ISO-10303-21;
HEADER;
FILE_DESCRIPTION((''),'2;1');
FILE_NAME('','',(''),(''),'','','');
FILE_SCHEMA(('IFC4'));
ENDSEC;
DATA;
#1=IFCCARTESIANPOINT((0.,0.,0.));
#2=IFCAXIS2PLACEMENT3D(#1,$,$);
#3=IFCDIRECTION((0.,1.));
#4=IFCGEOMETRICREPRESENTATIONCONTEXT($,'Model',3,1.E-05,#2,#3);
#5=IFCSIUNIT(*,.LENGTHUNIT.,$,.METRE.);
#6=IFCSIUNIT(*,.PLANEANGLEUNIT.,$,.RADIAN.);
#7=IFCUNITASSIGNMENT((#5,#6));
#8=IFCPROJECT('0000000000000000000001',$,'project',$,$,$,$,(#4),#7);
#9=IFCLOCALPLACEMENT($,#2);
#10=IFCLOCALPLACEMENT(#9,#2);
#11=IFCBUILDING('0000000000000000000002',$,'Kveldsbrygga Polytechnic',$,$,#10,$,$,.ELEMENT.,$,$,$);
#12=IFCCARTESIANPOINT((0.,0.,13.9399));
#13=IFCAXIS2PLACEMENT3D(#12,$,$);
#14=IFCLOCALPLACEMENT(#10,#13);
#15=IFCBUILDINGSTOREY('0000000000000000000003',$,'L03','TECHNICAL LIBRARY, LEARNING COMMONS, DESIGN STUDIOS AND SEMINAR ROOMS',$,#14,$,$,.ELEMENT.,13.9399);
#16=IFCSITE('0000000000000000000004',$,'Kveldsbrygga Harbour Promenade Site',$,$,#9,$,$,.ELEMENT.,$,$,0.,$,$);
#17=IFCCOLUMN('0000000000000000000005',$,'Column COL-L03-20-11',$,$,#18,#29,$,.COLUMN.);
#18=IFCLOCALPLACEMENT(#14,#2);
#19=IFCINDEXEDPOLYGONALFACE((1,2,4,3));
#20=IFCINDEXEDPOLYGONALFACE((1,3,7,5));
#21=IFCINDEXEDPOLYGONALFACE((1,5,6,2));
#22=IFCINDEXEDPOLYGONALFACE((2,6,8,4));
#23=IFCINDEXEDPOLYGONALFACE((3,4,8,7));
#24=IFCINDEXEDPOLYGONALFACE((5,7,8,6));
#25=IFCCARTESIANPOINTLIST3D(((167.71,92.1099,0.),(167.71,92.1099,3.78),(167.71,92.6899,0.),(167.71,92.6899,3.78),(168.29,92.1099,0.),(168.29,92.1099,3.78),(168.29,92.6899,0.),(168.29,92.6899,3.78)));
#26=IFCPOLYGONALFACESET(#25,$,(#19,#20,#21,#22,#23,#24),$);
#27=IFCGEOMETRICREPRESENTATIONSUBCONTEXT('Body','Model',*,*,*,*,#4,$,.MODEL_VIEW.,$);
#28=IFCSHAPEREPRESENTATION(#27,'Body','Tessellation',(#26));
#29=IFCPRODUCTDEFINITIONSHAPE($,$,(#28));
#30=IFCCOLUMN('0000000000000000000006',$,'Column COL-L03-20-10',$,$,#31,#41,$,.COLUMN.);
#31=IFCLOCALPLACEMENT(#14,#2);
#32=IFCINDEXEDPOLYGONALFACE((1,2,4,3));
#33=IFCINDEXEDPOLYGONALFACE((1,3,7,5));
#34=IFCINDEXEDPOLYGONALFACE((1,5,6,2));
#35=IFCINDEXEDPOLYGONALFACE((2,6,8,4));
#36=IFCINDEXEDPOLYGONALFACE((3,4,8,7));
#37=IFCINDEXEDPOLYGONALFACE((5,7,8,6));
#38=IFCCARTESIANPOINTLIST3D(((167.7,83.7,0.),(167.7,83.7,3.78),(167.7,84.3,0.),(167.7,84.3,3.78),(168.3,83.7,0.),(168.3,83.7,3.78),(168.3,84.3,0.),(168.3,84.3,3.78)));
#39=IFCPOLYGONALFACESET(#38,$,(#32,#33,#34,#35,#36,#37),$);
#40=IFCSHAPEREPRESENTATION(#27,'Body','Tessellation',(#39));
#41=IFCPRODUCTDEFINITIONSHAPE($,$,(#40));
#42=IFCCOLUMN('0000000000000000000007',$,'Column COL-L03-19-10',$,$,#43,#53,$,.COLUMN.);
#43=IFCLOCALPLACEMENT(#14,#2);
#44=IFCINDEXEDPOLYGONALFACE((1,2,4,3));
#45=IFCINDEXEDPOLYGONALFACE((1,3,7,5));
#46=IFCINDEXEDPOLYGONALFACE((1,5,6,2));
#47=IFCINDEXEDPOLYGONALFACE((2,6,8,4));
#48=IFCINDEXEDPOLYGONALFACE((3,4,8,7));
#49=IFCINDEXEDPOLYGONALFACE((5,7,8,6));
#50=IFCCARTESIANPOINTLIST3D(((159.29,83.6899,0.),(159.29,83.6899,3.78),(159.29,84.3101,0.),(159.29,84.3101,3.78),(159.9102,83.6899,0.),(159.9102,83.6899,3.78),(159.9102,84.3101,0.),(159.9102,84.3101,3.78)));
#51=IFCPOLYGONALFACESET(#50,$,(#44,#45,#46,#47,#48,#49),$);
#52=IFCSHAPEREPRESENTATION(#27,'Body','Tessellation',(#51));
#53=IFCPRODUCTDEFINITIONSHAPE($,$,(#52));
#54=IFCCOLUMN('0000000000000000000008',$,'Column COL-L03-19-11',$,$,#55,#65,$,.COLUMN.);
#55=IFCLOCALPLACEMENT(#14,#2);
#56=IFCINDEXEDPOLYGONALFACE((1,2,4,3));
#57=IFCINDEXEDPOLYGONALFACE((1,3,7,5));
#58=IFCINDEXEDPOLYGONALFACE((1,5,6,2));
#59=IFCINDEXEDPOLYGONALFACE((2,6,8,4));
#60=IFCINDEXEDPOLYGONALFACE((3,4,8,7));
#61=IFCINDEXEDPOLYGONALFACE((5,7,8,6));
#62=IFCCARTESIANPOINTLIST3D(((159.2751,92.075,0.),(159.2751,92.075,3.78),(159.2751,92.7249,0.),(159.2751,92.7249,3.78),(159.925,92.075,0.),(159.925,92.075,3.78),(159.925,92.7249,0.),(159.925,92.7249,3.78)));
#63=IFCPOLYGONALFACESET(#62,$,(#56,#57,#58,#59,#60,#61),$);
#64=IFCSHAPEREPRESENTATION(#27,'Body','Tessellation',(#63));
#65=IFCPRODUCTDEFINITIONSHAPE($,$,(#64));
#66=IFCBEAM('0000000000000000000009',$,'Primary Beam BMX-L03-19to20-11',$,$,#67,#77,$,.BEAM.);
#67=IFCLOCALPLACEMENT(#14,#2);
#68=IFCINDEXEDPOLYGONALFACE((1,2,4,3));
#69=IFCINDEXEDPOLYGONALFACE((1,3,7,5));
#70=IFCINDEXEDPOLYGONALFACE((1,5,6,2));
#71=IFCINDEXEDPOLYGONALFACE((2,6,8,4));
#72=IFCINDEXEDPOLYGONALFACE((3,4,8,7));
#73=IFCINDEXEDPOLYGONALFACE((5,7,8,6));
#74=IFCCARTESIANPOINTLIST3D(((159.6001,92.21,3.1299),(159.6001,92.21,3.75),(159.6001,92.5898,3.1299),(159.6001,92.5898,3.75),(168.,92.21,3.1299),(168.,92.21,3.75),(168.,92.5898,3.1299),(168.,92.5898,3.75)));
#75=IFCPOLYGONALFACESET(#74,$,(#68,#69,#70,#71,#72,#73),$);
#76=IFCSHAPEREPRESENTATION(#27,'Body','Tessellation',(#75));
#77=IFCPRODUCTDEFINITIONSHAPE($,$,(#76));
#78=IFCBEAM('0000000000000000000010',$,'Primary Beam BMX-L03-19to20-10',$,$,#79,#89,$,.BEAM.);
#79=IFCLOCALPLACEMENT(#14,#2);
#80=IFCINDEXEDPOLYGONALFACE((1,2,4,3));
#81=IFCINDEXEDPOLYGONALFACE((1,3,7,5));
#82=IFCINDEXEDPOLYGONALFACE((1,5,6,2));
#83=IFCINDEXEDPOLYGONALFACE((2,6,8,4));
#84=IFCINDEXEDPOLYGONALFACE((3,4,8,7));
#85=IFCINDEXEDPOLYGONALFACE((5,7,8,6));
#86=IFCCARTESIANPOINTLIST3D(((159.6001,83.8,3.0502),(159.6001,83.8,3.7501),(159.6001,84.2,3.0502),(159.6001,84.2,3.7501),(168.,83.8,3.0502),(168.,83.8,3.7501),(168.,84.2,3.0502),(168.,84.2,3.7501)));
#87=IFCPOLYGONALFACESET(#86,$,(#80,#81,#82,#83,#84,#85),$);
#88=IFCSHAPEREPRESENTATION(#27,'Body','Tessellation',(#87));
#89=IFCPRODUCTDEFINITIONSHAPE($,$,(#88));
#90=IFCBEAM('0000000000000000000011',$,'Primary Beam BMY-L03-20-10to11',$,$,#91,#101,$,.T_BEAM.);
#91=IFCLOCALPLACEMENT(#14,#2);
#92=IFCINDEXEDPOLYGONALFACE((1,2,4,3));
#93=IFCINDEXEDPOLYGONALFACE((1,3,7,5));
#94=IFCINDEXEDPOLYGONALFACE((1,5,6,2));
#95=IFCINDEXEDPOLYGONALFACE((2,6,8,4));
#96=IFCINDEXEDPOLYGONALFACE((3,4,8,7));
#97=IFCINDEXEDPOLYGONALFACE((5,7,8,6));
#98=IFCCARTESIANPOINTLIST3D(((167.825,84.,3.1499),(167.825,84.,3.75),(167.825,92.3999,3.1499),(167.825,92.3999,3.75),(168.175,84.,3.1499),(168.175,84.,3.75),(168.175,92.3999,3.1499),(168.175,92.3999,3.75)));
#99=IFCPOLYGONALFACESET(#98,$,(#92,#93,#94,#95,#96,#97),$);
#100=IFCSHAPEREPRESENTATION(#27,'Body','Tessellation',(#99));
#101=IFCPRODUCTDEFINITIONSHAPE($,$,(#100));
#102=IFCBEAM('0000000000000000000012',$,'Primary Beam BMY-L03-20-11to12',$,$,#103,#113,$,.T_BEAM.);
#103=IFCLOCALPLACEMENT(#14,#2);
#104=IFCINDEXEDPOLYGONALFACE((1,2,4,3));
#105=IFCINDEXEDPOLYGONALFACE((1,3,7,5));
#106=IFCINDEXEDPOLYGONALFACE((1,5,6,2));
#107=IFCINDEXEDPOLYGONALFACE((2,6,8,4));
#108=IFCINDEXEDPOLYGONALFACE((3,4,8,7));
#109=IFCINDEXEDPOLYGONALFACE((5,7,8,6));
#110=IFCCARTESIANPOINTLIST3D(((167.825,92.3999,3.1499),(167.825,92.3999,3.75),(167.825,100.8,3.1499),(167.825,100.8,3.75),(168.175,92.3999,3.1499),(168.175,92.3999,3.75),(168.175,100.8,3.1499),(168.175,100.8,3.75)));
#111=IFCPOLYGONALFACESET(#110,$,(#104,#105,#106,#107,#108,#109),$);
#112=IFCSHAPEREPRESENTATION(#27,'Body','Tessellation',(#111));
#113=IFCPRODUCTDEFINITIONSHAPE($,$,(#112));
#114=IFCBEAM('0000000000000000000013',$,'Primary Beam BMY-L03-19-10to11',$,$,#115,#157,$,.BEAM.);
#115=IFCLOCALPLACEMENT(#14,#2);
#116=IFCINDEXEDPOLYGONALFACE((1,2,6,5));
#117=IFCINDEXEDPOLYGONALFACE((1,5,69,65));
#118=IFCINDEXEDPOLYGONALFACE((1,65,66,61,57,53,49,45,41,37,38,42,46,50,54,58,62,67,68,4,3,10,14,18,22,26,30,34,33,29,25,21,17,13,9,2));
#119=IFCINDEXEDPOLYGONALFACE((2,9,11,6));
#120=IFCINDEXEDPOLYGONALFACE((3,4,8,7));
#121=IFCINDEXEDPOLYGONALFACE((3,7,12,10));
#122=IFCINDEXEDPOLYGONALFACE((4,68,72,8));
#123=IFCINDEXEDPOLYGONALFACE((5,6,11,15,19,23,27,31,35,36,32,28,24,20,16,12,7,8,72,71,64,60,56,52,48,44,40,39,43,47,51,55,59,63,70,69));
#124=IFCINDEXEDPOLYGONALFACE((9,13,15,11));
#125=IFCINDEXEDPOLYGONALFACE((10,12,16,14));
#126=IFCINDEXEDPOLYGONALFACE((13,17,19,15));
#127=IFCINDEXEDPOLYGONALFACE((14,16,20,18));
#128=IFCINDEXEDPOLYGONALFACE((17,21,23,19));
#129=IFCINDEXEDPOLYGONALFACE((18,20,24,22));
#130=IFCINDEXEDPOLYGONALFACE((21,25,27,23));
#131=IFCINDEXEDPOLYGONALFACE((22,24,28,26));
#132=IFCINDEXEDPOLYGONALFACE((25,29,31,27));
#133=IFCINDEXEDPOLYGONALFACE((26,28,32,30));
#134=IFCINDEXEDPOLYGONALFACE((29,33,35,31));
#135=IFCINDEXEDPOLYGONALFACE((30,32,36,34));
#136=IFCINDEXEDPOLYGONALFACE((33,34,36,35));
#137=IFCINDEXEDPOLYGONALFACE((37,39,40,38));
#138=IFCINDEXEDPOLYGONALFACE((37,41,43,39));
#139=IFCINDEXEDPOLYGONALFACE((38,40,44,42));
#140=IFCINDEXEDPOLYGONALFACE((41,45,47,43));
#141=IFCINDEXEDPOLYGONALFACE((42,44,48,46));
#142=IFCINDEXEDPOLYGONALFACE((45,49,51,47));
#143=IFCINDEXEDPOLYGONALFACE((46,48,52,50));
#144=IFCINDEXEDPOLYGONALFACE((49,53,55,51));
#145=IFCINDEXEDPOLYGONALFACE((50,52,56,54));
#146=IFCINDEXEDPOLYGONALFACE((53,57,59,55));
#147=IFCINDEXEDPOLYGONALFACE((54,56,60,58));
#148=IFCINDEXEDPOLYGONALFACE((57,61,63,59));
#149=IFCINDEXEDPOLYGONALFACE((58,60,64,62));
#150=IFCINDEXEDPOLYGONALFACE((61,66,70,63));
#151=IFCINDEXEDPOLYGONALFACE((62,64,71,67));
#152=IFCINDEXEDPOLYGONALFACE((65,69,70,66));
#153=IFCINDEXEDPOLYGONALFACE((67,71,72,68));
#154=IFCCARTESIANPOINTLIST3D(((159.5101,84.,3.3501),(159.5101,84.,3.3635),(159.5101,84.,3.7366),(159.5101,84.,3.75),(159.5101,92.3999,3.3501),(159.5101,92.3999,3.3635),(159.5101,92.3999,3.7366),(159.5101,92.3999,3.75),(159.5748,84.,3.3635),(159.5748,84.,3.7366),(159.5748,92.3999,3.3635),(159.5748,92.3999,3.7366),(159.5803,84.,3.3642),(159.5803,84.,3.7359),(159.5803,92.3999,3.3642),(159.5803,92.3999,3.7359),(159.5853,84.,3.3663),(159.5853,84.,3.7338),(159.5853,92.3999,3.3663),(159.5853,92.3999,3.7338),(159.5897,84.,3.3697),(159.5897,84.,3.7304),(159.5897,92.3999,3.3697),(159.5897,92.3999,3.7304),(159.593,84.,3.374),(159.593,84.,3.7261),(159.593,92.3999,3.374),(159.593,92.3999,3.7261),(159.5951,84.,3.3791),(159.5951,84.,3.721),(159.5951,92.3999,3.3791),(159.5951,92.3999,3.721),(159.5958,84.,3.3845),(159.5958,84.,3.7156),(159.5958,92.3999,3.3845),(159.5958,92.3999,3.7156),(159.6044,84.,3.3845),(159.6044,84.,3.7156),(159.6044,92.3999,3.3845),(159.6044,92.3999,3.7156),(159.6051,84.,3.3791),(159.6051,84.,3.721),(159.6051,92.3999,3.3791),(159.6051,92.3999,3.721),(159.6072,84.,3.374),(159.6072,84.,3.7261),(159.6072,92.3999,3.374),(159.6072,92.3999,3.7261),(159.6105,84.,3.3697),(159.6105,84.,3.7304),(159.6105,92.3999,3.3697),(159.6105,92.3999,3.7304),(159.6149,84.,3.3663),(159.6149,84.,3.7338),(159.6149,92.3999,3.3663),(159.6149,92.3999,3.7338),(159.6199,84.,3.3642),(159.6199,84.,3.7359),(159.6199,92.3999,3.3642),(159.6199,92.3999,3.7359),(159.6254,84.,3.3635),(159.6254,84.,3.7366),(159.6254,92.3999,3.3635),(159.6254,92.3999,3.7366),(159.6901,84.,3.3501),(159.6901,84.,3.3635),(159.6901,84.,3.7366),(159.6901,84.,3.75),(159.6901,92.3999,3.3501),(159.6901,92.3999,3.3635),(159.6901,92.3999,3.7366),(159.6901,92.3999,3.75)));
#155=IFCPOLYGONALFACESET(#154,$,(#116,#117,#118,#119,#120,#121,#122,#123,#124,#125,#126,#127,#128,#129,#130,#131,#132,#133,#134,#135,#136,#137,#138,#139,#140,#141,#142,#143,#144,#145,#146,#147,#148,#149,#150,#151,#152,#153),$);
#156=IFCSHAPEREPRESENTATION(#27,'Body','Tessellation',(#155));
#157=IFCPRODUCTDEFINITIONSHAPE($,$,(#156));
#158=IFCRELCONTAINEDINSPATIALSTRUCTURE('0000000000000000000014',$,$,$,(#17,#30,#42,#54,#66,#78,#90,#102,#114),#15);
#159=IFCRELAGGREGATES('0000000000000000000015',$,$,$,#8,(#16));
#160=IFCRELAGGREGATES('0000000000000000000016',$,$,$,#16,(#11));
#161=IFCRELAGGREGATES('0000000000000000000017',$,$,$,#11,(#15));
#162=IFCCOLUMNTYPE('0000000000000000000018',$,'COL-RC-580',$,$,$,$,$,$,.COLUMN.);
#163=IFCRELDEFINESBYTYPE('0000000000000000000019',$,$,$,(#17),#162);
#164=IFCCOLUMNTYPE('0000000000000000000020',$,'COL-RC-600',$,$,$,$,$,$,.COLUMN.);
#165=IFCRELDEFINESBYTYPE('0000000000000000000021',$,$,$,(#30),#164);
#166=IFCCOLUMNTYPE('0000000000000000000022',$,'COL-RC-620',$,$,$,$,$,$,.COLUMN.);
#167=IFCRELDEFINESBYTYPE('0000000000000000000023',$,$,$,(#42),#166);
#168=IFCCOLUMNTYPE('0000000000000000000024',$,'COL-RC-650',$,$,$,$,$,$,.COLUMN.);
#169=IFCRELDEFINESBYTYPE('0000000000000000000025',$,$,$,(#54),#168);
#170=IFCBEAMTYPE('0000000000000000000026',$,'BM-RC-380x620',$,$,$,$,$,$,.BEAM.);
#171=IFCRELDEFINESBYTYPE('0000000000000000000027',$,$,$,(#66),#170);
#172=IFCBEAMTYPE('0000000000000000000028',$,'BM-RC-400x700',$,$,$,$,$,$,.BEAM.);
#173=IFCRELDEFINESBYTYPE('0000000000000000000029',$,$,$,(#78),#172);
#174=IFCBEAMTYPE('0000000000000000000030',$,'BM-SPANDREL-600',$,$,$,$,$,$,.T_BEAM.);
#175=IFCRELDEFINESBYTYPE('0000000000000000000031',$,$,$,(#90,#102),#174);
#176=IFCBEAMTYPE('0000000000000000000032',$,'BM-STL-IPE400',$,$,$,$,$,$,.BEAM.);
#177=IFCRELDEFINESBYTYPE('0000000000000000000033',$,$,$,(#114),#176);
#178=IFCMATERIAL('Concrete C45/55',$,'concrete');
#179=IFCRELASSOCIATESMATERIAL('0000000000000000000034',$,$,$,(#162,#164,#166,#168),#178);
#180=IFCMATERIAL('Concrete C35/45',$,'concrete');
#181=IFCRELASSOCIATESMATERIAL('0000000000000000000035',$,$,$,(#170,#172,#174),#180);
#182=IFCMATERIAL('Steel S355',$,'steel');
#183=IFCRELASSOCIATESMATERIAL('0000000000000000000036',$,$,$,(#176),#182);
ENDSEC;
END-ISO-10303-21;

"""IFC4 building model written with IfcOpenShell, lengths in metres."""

from ifc_helpers import new_model, si_unit, direction, frame, origin, origin_2d, place, context, subcontext, project, spatial, rectangle, i_section, extrude, material, material_profile, profile_set, type_object, element, save


model = new_model("IFC4")

# Units and contexts
model_context = context("Model", 3, precision=1e-05, world=origin(), true_north=direction((0.0, 1.0)))
body_context = subcontext(model_context, "Body", "Model", "MODEL_VIEW")
ifc_project = project(units=[si_unit("LENGTHUNIT", "METRE"), si_unit("PLANEANGLEUNIT", "RADIAN")], contexts=[model_context])

# Site, building, storey
site_placement = place(None, origin())
site = spatial("IfcSite", under=ifc_project, at=site_placement, Name="Kveldsbrygga Harbour Promenade Site", CompositionType="ELEMENT", RefElevation=0.0)
building_placement = place(site_placement, origin())
building = spatial("IfcBuilding", under=site, at=building_placement, Name="Kveldsbrygga Polytechnic", CompositionType="ELEMENT")
storey_placement = place(building_placement, frame((0.0, 0.0, 13.9399)))
storey = spatial("IfcBuildingStorey", under=building, at=storey_placement, Name="L03", Description="TECHNICAL LIBRARY, LEARNING COMMONS, DESIGN STUDIOS AND SEMINAR ROOMS", CompositionType="ELEMENT", Elevation=13.9399)

# Columns
ifc_material_1 = material(Name="Concrete C45/55", Category="concrete")
ifc_material_profile_1 = material_profile(ifc_material_1, rectangle(XDim=0.5801, YDim=0.5801, at=origin_2d()), Name="RC 580x580")
ifc_profile_set_1 = profile_set([ifc_material_profile_1], Name="Concrete C45/55")
column_type_1 = type_object("IfcColumnType", Name="COL-RC-580", PredefinedType="COLUMN", material=ifc_profile_set_1)
column_1_placement = place(storey_placement, frame((168.0, 92.3999, 0.0), z_axis=(0.0, 0.0, 1.0), x_axis=(1.0, 0.0, 0.0)))
element("IfcColumn", 1, at=column_1_placement, inside=storey, type_object=column_type_1, Name="Column COL-L03-20-11", PredefinedType="COLUMN", context=body_context, shape_type="SweptSolid", body=[
    extrude(rectangle(XDim=0.5801, YDim=0.5801, at=origin_2d()), origin(), (0.0, 0.0, 1.0), 3.78),
])
ifc_material_profile_2 = material_profile(ifc_material_1, rectangle(XDim=0.6001, YDim=0.6001, at=origin_2d()), Name="RC 600x600")
ifc_profile_set_2 = profile_set([ifc_material_profile_2], Name="Concrete C45/55")
column_type_2 = type_object("IfcColumnType", Name="COL-RC-600", PredefinedType="COLUMN", material=ifc_profile_set_2)
column_2_placement = place(storey_placement, frame((168.0, 84.0, 0.0), z_axis=(0.0, 0.0, 1.0), x_axis=(1.0, 0.0, 0.0)))
element("IfcColumn", 2, at=column_2_placement, inside=storey, type_object=column_type_2, Name="Column COL-L03-20-10", PredefinedType="COLUMN", context=body_context, shape_type="SweptSolid", body=[
    extrude(rectangle(XDim=0.6001, YDim=0.6001, at=origin_2d()), origin(), (0.0, 0.0, 1.0), 3.78),
])
ifc_material_profile_3 = material_profile(ifc_material_1, rectangle(XDim=0.6201, YDim=0.6201, at=origin_2d()), Name="RC 620x620")
ifc_profile_set_3 = profile_set([ifc_material_profile_3], Name="Concrete C45/55")
column_type_3 = type_object("IfcColumnType", Name="COL-RC-620", PredefinedType="COLUMN", material=ifc_profile_set_3)
column_3_placement = place(storey_placement, frame((159.6001, 84.0, 0.0), z_axis=(0.0, 0.0, 1.0), x_axis=(1.0, 0.0, 0.0)))
element("IfcColumn", 3, at=column_3_placement, inside=storey, type_object=column_type_3, Name="Column COL-L03-19-10", PredefinedType="COLUMN", context=body_context, shape_type="SweptSolid", body=[
    extrude(rectangle(XDim=0.6201, YDim=0.6201, at=origin_2d()), origin(), (0.0, 0.0, 1.0), 3.78),
])
ifc_material_profile_4 = material_profile(ifc_material_1, rectangle(XDim=0.6499, YDim=0.6499, at=origin_2d()), Name="RC 650x650")
ifc_profile_set_4 = profile_set([ifc_material_profile_4], Name="Concrete C45/55")
column_type_4 = type_object("IfcColumnType", Name="COL-RC-650", PredefinedType="COLUMN", material=ifc_profile_set_4)
column_4_placement = place(storey_placement, frame((159.6001, 92.3999, 0.0), z_axis=(0.0, 0.0, 1.0), x_axis=(1.0, 0.0, 0.0)))
element("IfcColumn", 4, at=column_4_placement, inside=storey, type_object=column_type_4, Name="Column COL-L03-19-11", PredefinedType="COLUMN", context=body_context, shape_type="SweptSolid", body=[
    extrude(rectangle(XDim=0.6499, YDim=0.6499, at=origin_2d()), origin(), (0.0, 0.0, 1.0), 3.78),
])

# Beams
ifc_material_2 = material(Name="Concrete C35/45", Category="concrete")
ifc_material_profile_5 = material_profile(ifc_material_2, rectangle(XDim=0.3799, YDim=0.6201, at=origin_2d()), Name="RC 380x620")
ifc_profile_set_5 = profile_set([ifc_material_profile_5], Name="Concrete C35/45")
beam_type_1 = type_object("IfcBeamType", Name="BM-RC-380x620", PredefinedType="BEAM", material=ifc_profile_set_5)
beam_1_placement = place(storey_placement, frame((159.6001, 92.3999, 3.4399), z_axis=(1.0, 0.0, 0.0), x_axis=(0.0, 1.0, 0.0)))
element("IfcBeam", 5, at=beam_1_placement, inside=storey, type_object=beam_type_1, Name="Primary Beam BMX-L03-19to20-11", PredefinedType="BEAM", context=body_context, shape_type="SweptSolid", body=[
    extrude(rectangle(XDim=0.3799, YDim=0.6201, at=origin_2d()), origin(), (0.0, 0.0, 1.0), 8.3999),
])
ifc_material_profile_6 = material_profile(ifc_material_2, rectangle(XDim=0.3999, YDim=0.7, at=origin_2d()), Name="RC 400x700")
ifc_profile_set_6 = profile_set([ifc_material_profile_6], Name="Concrete C35/45")
beam_type_2 = type_object("IfcBeamType", Name="BM-RC-400x700", PredefinedType="BEAM", material=ifc_profile_set_6)
beam_2_placement = place(storey_placement, frame((159.6001, 84.0, 3.4001), z_axis=(1.0, 0.0, 0.0), x_axis=(0.0, 1.0, 0.0)))
element("IfcBeam", 6, at=beam_2_placement, inside=storey, type_object=beam_type_2, Name="Primary Beam BMX-L03-19to20-10", PredefinedType="BEAM", context=body_context, shape_type="SweptSolid", body=[
    extrude(rectangle(XDim=0.3999, YDim=0.7, at=origin_2d()), origin(), (0.0, 0.0, 1.0), 8.3999),
])
ifc_material_profile_7 = material_profile(ifc_material_2, rectangle(XDim=0.3501, YDim=0.6001, at=origin_2d()), Name="RC 350x600")
ifc_profile_set_7 = profile_set([ifc_material_profile_7], Name="Concrete C35/45")
beam_type_3 = type_object("IfcBeamType", Name="BM-SPANDREL-600", PredefinedType="T_BEAM", material=ifc_profile_set_7)
beam_3_placement = place(storey_placement, frame((168.0, 84.0, 3.45), z_axis=(0.0, 1.0, 0.0), x_axis=(-1.0, 0.0, 0.0)))
element("IfcBeam", 7, at=beam_3_placement, inside=storey, type_object=beam_type_3, Name="Primary Beam BMY-L03-20-10to11", PredefinedType="T_BEAM", context=body_context, shape_type="SweptSolid", body=[
    extrude(rectangle(XDim=0.3501, YDim=0.6001, at=origin_2d()), origin(), (0.0, 0.0, 1.0), 8.3999),
])
beam_4_placement = place(storey_placement, frame((168.0, 92.3999, 3.45), z_axis=(0.0, 1.0, 0.0), x_axis=(-1.0, 0.0, 0.0)))
element("IfcBeam", 8, at=beam_4_placement, inside=storey, type_object=beam_type_3, Name="Primary Beam BMY-L03-20-11to12", PredefinedType="T_BEAM", context=body_context, shape_type="SweptSolid", body=[
    extrude(rectangle(XDim=0.3501, YDim=0.6001, at=origin_2d()), origin(), (0.0, 0.0, 1.0), 8.4001),
])
ifc_material_3 = material(Name="Steel S355", Category="steel")
ifc_material_profile_8 = material_profile(ifc_material_3, i_section(OverallWidth=0.1799, OverallDepth=0.3999, WebThickness=0.0085, FlangeThickness=0.0134, FilletRadius=0.021, at=origin_2d()), Name="IPE 400")
ifc_profile_set_8 = profile_set([ifc_material_profile_8], Name="Steel S355")
beam_type_4 = type_object("IfcBeamType", Name="BM-STL-IPE400", PredefinedType="BEAM", material=ifc_profile_set_8)
beam_5_placement = place(storey_placement, frame((159.6001, 84.0, 3.55), z_axis=(0.0, 1.0, 0.0), x_axis=(-1.0, 0.0, 0.0)))
element("IfcBeam", 9, at=beam_5_placement, inside=storey, type_object=beam_type_4, Name="Primary Beam BMY-L03-19-10to11", PredefinedType="BEAM", context=body_context, shape_type="SweptSolid", body=[
    extrude(i_section(OverallWidth=0.1799, OverallDepth=0.3999, WebThickness=0.0085, FlangeThickness=0.0134, FilletRadius=0.021, at=origin_2d()), origin(), (0.0, 0.0, 1.0), 8.3999),
])

save(model, "model.ifc")
